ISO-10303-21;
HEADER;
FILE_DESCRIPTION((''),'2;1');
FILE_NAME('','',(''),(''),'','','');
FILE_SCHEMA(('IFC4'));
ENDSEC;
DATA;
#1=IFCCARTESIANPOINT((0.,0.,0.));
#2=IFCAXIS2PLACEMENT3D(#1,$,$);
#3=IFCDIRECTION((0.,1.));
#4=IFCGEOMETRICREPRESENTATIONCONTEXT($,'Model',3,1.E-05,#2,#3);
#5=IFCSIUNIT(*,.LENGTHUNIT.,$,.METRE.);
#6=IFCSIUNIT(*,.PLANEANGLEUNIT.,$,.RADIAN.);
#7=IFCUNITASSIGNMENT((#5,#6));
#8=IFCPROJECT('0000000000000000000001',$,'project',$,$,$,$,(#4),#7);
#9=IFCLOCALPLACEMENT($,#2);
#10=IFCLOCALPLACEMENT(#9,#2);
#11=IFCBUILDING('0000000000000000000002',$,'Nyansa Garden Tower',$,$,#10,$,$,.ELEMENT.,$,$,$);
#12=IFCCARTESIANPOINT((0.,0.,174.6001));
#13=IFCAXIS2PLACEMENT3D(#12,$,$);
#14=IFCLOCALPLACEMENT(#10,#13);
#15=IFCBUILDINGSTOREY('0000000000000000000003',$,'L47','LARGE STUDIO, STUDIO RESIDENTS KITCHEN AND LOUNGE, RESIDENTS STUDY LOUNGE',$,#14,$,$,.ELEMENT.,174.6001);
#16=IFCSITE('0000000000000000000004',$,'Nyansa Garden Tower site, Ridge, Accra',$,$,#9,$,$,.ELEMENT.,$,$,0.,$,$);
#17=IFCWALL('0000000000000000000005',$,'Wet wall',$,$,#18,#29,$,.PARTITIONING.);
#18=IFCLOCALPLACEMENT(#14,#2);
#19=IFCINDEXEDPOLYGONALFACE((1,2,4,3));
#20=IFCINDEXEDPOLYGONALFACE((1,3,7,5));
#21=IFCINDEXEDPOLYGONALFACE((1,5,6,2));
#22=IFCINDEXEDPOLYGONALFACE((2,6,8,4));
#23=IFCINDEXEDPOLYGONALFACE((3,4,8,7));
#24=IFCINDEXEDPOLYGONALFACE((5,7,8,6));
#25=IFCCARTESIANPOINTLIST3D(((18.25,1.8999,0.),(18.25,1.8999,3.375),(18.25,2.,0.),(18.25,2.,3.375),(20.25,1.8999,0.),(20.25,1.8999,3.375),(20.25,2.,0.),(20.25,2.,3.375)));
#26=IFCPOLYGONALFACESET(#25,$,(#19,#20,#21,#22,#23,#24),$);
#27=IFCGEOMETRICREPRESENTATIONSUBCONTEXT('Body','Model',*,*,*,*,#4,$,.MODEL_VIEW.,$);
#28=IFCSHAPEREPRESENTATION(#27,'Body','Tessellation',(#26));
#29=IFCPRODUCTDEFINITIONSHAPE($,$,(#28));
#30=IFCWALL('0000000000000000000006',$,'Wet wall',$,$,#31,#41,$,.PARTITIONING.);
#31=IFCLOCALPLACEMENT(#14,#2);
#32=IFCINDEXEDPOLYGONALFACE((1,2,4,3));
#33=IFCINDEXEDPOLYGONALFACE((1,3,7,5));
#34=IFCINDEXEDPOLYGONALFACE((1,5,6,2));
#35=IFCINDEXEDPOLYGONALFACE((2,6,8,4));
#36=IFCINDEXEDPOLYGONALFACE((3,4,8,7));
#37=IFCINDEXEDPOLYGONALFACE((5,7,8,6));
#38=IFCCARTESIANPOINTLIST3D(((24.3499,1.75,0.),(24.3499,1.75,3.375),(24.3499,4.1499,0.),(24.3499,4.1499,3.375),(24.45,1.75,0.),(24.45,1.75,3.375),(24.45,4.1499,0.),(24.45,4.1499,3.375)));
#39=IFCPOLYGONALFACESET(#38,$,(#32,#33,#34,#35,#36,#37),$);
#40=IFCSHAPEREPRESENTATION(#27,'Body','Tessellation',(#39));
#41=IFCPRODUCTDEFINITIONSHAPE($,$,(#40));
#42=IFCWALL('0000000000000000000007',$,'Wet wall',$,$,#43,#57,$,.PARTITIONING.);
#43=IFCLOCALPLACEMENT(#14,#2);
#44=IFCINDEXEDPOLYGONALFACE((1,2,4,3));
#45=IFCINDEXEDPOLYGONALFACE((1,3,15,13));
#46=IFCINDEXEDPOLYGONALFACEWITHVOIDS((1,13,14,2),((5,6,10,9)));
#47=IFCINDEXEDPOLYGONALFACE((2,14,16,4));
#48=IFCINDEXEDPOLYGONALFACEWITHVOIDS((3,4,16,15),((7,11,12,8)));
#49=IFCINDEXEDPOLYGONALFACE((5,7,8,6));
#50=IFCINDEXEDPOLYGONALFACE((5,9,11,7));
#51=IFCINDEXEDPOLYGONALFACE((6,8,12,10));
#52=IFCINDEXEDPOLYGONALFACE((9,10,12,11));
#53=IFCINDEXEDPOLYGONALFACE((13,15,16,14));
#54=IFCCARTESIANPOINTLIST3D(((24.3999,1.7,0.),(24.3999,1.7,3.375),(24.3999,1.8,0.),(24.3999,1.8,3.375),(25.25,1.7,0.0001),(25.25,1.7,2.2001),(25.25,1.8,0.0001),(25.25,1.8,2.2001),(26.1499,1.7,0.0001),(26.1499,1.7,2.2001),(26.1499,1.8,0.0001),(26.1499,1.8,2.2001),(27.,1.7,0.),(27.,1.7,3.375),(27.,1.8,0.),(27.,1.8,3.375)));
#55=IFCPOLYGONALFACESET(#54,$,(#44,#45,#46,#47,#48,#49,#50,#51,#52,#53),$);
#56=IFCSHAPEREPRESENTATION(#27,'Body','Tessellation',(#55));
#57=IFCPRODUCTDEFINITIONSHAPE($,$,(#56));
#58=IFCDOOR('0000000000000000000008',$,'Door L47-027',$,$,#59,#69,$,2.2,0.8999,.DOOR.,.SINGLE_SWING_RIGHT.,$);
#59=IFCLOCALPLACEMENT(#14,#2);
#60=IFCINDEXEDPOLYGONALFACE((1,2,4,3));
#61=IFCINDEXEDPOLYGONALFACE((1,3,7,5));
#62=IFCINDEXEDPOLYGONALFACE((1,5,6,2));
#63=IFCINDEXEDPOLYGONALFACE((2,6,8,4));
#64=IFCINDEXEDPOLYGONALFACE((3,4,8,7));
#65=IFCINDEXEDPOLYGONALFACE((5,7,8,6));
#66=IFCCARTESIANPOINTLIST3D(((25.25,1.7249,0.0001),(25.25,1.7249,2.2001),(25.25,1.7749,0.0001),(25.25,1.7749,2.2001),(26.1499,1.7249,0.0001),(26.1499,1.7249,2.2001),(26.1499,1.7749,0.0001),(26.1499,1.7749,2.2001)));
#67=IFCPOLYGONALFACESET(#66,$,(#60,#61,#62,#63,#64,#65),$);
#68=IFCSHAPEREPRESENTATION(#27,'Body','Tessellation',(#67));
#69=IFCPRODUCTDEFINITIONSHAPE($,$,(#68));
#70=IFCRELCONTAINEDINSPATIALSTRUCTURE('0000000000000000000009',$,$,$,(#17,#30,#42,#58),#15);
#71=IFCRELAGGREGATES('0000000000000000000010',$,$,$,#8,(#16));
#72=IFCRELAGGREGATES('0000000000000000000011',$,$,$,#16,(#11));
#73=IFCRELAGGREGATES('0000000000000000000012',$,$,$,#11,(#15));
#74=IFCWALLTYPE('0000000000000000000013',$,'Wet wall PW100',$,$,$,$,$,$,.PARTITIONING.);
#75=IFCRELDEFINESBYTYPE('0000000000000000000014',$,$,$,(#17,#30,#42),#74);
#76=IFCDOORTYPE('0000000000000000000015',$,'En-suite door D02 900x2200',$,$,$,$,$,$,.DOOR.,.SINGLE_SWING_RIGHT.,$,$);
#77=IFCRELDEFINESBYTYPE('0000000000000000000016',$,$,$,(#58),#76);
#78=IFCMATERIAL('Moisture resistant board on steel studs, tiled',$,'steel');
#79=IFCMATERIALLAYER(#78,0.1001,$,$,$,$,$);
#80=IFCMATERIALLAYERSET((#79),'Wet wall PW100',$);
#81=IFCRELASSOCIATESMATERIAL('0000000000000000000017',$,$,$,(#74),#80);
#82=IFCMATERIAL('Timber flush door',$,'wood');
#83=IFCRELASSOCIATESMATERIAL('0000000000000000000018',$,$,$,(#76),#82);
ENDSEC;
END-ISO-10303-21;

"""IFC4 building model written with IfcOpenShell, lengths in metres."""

from ifc_helpers import new_model, si_unit, direction, frame, frame_2d, origin, place, context, subcontext, project, spatial, rectangle, extrude, material, layer, layer_set, type_object, element, fill, save


model = new_model("IFC4")

# Units and contexts
model_context = context("Model", 3, precision=1e-05, world=origin(), true_north=direction((0.0, 1.0)))
body_context = subcontext(model_context, "Body", "Model", "MODEL_VIEW")
ifc_project = project(units=[si_unit("LENGTHUNIT", "METRE"), si_unit("PLANEANGLEUNIT", "RADIAN")], contexts=[model_context])

# Site, building, storey
site_placement = place(None, origin())
site = spatial("IfcSite", under=ifc_project, at=site_placement, Name="Nyansa Garden Tower site, Ridge, Accra", CompositionType="ELEMENT", RefElevation=0.0)
building_placement = place(site_placement, origin())
building = spatial("IfcBuilding", under=site, at=building_placement, Name="Nyansa Garden Tower", CompositionType="ELEMENT")
storey_placement = place(building_placement, frame((0.0, 0.0, 174.6001)))
storey = spatial("IfcBuildingStorey", under=building, at=storey_placement, Name="L47", Description="LARGE STUDIO, STUDIO RESIDENTS KITCHEN AND LOUNGE, RESIDENTS STUDY LOUNGE", CompositionType="ELEMENT", Elevation=174.6001)

# Shared definitions
ifc_material_1 = material(Name="Moisture resistant board on steel studs, tiled", Category="steel")
ifc_layer_1 = layer(ifc_material_1, 0.1001)
ifc_layer_set_1 = layer_set([ifc_layer_1], Name="Wet wall PW100")
wall_type_1 = type_object("IfcWallType", Name="Wet wall PW100", PredefinedType="PARTITIONING", material=ifc_layer_set_1)
ifc_material_2 = material(Name="Timber flush door", Category="wood")
door_type_1 = type_object("IfcDoorType", Name="En-suite door D02 900x2200", OperationType="SINGLE_SWING_RIGHT", PredefinedType="DOOR", material=ifc_material_2)

# Walls
wall_1_placement = place(storey_placement, frame((18.25, 1.95, 0.0), z_axis=(0.0, 0.0, 1.0), x_axis=(1.0, 0.0, 0.0)))
element("IfcWall", 1, at=wall_1_placement, inside=storey, type_object=wall_type_1, Name="Wet wall", PredefinedType="PARTITIONING", context=body_context, shape_type="SweptSolid", body=[
    extrude(rectangle(XDim=2.0, YDim=0.1001, at=frame_2d((1.0, 0.0))), origin(), (0.0, 0.0, 1.0), 3.375),
])
wall_2_placement = place(storey_placement, frame((24.3999, 1.75, 0.0), z_axis=(0.0, 0.0, 1.0), x_axis=(0.0, 1.0, 0.0)))
element("IfcWall", 2, at=wall_2_placement, inside=storey, type_object=wall_type_1, Name="Wet wall", PredefinedType="PARTITIONING", context=body_context, shape_type="SweptSolid", body=[
    extrude(rectangle(XDim=2.3999, YDim=0.1001, at=frame_2d((1.2, 0.0))), origin(), (0.0, 0.0, 1.0), 3.375),
])

# Wall, opening, door
wall_3_placement = place(storey_placement, frame((24.3999, 1.75, 0.0), z_axis=(0.0, 0.0, 1.0), x_axis=(1.0, 0.0, 0.0)))
wall_3 = element("IfcWall", 3, at=wall_3_placement, inside=storey, type_object=wall_type_1, Name="Wet wall", PredefinedType="PARTITIONING", context=body_context, shape_type="SweptSolid", body=[
    extrude(rectangle(XDim=2.6001, YDim=0.1001, at=frame_2d((1.3, 0.0))), origin(), (0.0, 0.0, 1.0), 3.375),
])
opening_1_placement = place(wall_3_placement, frame((0.8501, 0.0, 0.0)))
opening_1 = element("IfcOpeningElement", 4, at=opening_1_placement, cuts=wall_3, PredefinedType="OPENING", context=body_context, shape_type="SweptSolid", body=[
    extrude(rectangle(XDim=0.8999, YDim=2.2, at=frame_2d((0.45, 1.1001))), frame((0.0, 0.0601, 0.0), z_axis=(0.0, -1.0, 0.0), x_axis=(1.0, 0.0, 0.0)), (0.0, 0.0, 1.0), 0.1201),
])
door_1_placement = place(opening_1_placement, origin())
door_1 = element("IfcDoor", 5, at=door_1_placement, inside=storey, type_object=door_type_1, Name="Door L47-027", OperationType="SINGLE_SWING_RIGHT", OverallHeight=2.2, OverallWidth=0.8999, PredefinedType="DOOR", context=body_context, shape_type="SweptSolid", body=[
    extrude(rectangle(XDim=0.8999, YDim=2.2, at=frame_2d((0.45, 1.1001))), frame((0.0, 0.0249, 0.0), z_axis=(0.0, -1.0, 0.0), x_axis=(1.0, 0.0, 0.0)), (0.0, 0.0, 1.0), 0.05),
])
fill(opening_1, door_1)

save(model, "model.ifc")
